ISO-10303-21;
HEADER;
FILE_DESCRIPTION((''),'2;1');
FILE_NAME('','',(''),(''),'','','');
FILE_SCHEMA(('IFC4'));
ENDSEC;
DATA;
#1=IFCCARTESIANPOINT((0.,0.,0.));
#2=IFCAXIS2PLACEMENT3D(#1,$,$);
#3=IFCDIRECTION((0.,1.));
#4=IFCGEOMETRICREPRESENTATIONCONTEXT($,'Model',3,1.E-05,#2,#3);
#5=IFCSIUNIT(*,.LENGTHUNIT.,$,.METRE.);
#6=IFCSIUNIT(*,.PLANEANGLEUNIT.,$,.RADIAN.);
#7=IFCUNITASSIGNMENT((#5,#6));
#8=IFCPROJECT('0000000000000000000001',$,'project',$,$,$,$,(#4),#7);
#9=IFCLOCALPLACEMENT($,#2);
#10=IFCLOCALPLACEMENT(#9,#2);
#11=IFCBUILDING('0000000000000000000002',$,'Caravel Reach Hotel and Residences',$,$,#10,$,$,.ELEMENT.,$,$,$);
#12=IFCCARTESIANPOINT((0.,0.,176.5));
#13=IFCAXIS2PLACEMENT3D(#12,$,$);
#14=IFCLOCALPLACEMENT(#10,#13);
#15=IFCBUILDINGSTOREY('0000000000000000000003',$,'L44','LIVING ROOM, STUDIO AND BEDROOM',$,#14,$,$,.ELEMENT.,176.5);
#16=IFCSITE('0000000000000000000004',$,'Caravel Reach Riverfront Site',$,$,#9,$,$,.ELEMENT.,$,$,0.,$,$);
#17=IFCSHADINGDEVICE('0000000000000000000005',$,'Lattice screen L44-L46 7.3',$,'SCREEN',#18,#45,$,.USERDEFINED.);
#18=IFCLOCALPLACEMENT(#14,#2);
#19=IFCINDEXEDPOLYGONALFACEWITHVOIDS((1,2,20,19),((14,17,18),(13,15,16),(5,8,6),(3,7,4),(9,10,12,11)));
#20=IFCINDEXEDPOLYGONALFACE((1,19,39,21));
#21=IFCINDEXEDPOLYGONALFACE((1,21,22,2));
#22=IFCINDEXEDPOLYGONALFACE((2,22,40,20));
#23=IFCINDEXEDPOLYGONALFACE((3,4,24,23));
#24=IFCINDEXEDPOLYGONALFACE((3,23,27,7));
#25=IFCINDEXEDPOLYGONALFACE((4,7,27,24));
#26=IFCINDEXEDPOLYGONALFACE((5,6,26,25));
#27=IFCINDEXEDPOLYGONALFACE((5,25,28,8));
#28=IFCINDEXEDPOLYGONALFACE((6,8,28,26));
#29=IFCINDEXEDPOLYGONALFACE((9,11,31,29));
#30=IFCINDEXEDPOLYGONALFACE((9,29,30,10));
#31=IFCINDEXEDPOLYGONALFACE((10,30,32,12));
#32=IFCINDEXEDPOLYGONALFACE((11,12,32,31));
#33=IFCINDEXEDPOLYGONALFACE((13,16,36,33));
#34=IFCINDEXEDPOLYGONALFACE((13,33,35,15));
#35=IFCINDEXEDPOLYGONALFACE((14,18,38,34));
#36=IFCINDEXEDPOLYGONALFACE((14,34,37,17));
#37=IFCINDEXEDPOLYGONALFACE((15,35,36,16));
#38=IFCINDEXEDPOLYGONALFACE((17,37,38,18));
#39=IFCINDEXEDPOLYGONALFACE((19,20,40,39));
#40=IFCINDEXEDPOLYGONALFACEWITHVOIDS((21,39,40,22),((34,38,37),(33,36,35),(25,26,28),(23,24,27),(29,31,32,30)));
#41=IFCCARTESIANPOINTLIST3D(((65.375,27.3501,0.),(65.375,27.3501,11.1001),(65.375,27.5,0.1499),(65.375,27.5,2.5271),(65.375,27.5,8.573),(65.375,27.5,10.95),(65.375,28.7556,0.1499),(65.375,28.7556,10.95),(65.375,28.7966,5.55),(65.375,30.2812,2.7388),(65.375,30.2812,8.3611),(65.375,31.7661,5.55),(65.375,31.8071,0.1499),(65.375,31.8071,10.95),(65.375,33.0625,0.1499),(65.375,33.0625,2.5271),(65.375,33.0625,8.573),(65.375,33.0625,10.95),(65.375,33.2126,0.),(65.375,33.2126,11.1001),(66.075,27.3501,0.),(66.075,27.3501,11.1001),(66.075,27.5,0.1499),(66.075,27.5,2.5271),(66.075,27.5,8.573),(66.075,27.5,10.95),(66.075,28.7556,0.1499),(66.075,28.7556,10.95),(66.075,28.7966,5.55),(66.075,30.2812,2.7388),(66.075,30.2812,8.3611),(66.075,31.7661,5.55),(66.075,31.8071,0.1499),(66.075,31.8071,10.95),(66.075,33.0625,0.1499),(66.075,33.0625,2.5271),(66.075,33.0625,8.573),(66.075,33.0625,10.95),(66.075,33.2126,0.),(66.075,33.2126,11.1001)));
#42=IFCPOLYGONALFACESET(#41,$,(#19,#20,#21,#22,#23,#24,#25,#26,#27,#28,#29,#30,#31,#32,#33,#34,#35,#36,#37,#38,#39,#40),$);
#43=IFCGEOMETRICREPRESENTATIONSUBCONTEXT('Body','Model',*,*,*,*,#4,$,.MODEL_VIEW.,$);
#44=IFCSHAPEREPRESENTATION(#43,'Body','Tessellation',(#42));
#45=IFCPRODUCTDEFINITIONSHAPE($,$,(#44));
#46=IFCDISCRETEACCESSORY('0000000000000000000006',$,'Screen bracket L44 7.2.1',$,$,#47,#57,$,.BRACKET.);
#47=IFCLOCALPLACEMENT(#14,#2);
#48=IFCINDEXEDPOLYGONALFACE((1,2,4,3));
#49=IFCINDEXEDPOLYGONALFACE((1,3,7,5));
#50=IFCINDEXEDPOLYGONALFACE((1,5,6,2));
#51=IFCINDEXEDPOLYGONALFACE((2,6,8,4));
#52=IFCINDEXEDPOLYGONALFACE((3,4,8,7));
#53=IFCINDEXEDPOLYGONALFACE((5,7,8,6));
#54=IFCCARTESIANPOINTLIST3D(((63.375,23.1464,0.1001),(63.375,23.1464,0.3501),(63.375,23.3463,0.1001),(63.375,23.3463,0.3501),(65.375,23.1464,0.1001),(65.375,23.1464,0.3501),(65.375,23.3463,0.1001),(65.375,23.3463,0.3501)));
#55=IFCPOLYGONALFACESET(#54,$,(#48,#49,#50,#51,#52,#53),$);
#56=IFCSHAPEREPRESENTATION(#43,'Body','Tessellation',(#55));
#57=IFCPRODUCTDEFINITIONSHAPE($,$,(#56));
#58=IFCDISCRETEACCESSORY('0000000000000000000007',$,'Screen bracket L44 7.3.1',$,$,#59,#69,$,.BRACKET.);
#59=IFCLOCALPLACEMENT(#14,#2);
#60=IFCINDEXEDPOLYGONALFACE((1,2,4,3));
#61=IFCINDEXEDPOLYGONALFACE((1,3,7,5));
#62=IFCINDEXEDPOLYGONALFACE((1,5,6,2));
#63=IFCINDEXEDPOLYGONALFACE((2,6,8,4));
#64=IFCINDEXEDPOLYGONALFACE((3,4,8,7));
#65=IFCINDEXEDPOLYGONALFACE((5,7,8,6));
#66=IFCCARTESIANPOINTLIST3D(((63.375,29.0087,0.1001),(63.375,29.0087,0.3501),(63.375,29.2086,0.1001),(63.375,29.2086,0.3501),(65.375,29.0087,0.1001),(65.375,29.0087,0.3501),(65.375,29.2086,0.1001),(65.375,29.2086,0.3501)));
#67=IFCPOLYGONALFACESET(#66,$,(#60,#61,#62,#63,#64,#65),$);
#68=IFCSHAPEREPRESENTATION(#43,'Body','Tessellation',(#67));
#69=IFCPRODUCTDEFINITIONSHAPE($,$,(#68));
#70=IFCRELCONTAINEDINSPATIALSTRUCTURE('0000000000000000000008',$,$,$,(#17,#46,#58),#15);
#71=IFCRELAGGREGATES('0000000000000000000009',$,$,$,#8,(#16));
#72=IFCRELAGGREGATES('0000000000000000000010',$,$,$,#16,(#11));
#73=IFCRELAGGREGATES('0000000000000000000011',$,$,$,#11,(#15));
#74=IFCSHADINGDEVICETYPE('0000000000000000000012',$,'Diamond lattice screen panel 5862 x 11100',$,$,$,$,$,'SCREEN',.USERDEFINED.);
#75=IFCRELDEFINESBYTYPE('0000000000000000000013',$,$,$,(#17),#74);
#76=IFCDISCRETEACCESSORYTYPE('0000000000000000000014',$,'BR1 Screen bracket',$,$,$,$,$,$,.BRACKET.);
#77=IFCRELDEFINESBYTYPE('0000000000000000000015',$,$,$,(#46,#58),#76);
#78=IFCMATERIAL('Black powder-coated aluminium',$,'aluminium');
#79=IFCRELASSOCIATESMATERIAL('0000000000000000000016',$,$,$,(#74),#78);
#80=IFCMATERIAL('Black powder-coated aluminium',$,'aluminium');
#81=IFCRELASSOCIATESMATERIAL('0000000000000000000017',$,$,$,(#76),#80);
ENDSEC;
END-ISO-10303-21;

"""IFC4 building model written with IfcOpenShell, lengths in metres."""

from ifc_helpers import new_model, si_unit, direction, frame, origin, origin_2d, place, context, subcontext, project, spatial, polyline, rectangle, outline, extrude, material, type_object, element, save


model = new_model("IFC4")

# Units and contexts
model_context = context("Model", 3, precision=1e-05, world=origin(), true_north=direction((0.0, 1.0)))
body_context = subcontext(model_context, "Body", "Model", "MODEL_VIEW")
ifc_project = project(units=[si_unit("LENGTHUNIT", "METRE"), si_unit("PLANEANGLEUNIT", "RADIAN")], contexts=[model_context])

# Site, building, storey
site_placement = place(None, origin())
site = spatial("IfcSite", under=ifc_project, at=site_placement, Name="Caravel Reach Riverfront Site", CompositionType="ELEMENT", RefElevation=0.0)
building_placement = place(site_placement, origin())
building = spatial("IfcBuilding", under=site, at=building_placement, Name="Caravel Reach Hotel and Residences", CompositionType="ELEMENT")
storey_placement = place(building_placement, frame((0.0, 0.0, 176.5)))
storey = spatial("IfcBuildingStorey", under=building, at=storey_placement, Name="L44", Description="LIVING ROOM, STUDIO AND BEDROOM", CompositionType="ELEMENT", Elevation=176.5)

# Shading device
ifc_material_1 = material(Name="Black powder-coated aluminium", Category="aluminium")
shading_device_type = type_object("IfcShadingDeviceType", Name="Diamond lattice screen panel 5862 x 11100", ElementType="SCREEN", PredefinedType="USERDEFINED", material=ifc_material_1)
shading_device_placement = place(storey_placement, frame((65.375, 27.3501, 0.0), z_axis=(1.0, 0.0, 0.0), x_axis=(0.0, 1.0, 0.0)))
element("IfcShadingDevice", 1, at=shading_device_placement, inside=storey, type_object=shading_device_type, Name="Lattice screen L44-L46 7.3", ObjectType="SCREEN", PredefinedType="USERDEFINED", context=body_context, shape_type="SweptSolid", body=[
    extrude(outline(polyline([(0.0, 0.0), (5.8625, 0.0), (5.8625, 11.1001), (0.0, 11.1001), (0.0, 0.0)]), holes=[polyline([(1.4055, 0.1499), (0.1499, 2.5271), (0.1499, 0.1499), (1.4055, 0.1499)]), polyline([(0.1499, 8.573), (1.4055, 10.95), (0.1499, 10.95), (0.1499, 8.573)]), polyline([(2.9312, 8.3611), (1.4465, 5.55), (2.9312, 2.7388), (4.416, 5.55), (2.9312, 8.3611)]), polyline([(5.7124, 2.5271), (4.457, 0.1499), (5.7124, 0.1499), (5.7124, 2.5271)]), polyline([(4.457, 10.95), (5.7124, 8.573), (5.7124, 10.95), (4.457, 10.95)])]), origin(), (0.0, 0.0, 1.0), 0.7),
])

# Discrete accessories
ifc_material_2 = material(Name="Black powder-coated aluminium", Category="aluminium")
discrete_accessory_type = type_object("IfcDiscreteAccessoryType", Name="BR1 Screen bracket", PredefinedType="BRACKET", material=ifc_material_2)
for number, where, z_axis, x_axis, name in (
    (2, (64.375, 23.2463, 0.1001), (0.0, 0.0, 1.0), (1.0, 0.0, 0.0), "Screen bracket L44 7.2.1"),
    (3, (64.375, 29.1086, 0.1001), (0.0, 0.0, 1.0), (1.0, 0.0, 0.0), "Screen bracket L44 7.3.1"),
):
    element("IfcDiscreteAccessory", number, at=place(storey_placement, frame(where, z_axis=z_axis, x_axis=x_axis)), inside=storey, type_object=discrete_accessory_type, Name=name, PredefinedType="BRACKET", context=body_context, shape_type="SweptSolid", body=[
        extrude(rectangle(XDim=2.0, YDim=0.2, at=origin_2d()), origin(), (0.0, 0.0, 1.0), 0.25),
    ])

save(model, "model.ifc")
